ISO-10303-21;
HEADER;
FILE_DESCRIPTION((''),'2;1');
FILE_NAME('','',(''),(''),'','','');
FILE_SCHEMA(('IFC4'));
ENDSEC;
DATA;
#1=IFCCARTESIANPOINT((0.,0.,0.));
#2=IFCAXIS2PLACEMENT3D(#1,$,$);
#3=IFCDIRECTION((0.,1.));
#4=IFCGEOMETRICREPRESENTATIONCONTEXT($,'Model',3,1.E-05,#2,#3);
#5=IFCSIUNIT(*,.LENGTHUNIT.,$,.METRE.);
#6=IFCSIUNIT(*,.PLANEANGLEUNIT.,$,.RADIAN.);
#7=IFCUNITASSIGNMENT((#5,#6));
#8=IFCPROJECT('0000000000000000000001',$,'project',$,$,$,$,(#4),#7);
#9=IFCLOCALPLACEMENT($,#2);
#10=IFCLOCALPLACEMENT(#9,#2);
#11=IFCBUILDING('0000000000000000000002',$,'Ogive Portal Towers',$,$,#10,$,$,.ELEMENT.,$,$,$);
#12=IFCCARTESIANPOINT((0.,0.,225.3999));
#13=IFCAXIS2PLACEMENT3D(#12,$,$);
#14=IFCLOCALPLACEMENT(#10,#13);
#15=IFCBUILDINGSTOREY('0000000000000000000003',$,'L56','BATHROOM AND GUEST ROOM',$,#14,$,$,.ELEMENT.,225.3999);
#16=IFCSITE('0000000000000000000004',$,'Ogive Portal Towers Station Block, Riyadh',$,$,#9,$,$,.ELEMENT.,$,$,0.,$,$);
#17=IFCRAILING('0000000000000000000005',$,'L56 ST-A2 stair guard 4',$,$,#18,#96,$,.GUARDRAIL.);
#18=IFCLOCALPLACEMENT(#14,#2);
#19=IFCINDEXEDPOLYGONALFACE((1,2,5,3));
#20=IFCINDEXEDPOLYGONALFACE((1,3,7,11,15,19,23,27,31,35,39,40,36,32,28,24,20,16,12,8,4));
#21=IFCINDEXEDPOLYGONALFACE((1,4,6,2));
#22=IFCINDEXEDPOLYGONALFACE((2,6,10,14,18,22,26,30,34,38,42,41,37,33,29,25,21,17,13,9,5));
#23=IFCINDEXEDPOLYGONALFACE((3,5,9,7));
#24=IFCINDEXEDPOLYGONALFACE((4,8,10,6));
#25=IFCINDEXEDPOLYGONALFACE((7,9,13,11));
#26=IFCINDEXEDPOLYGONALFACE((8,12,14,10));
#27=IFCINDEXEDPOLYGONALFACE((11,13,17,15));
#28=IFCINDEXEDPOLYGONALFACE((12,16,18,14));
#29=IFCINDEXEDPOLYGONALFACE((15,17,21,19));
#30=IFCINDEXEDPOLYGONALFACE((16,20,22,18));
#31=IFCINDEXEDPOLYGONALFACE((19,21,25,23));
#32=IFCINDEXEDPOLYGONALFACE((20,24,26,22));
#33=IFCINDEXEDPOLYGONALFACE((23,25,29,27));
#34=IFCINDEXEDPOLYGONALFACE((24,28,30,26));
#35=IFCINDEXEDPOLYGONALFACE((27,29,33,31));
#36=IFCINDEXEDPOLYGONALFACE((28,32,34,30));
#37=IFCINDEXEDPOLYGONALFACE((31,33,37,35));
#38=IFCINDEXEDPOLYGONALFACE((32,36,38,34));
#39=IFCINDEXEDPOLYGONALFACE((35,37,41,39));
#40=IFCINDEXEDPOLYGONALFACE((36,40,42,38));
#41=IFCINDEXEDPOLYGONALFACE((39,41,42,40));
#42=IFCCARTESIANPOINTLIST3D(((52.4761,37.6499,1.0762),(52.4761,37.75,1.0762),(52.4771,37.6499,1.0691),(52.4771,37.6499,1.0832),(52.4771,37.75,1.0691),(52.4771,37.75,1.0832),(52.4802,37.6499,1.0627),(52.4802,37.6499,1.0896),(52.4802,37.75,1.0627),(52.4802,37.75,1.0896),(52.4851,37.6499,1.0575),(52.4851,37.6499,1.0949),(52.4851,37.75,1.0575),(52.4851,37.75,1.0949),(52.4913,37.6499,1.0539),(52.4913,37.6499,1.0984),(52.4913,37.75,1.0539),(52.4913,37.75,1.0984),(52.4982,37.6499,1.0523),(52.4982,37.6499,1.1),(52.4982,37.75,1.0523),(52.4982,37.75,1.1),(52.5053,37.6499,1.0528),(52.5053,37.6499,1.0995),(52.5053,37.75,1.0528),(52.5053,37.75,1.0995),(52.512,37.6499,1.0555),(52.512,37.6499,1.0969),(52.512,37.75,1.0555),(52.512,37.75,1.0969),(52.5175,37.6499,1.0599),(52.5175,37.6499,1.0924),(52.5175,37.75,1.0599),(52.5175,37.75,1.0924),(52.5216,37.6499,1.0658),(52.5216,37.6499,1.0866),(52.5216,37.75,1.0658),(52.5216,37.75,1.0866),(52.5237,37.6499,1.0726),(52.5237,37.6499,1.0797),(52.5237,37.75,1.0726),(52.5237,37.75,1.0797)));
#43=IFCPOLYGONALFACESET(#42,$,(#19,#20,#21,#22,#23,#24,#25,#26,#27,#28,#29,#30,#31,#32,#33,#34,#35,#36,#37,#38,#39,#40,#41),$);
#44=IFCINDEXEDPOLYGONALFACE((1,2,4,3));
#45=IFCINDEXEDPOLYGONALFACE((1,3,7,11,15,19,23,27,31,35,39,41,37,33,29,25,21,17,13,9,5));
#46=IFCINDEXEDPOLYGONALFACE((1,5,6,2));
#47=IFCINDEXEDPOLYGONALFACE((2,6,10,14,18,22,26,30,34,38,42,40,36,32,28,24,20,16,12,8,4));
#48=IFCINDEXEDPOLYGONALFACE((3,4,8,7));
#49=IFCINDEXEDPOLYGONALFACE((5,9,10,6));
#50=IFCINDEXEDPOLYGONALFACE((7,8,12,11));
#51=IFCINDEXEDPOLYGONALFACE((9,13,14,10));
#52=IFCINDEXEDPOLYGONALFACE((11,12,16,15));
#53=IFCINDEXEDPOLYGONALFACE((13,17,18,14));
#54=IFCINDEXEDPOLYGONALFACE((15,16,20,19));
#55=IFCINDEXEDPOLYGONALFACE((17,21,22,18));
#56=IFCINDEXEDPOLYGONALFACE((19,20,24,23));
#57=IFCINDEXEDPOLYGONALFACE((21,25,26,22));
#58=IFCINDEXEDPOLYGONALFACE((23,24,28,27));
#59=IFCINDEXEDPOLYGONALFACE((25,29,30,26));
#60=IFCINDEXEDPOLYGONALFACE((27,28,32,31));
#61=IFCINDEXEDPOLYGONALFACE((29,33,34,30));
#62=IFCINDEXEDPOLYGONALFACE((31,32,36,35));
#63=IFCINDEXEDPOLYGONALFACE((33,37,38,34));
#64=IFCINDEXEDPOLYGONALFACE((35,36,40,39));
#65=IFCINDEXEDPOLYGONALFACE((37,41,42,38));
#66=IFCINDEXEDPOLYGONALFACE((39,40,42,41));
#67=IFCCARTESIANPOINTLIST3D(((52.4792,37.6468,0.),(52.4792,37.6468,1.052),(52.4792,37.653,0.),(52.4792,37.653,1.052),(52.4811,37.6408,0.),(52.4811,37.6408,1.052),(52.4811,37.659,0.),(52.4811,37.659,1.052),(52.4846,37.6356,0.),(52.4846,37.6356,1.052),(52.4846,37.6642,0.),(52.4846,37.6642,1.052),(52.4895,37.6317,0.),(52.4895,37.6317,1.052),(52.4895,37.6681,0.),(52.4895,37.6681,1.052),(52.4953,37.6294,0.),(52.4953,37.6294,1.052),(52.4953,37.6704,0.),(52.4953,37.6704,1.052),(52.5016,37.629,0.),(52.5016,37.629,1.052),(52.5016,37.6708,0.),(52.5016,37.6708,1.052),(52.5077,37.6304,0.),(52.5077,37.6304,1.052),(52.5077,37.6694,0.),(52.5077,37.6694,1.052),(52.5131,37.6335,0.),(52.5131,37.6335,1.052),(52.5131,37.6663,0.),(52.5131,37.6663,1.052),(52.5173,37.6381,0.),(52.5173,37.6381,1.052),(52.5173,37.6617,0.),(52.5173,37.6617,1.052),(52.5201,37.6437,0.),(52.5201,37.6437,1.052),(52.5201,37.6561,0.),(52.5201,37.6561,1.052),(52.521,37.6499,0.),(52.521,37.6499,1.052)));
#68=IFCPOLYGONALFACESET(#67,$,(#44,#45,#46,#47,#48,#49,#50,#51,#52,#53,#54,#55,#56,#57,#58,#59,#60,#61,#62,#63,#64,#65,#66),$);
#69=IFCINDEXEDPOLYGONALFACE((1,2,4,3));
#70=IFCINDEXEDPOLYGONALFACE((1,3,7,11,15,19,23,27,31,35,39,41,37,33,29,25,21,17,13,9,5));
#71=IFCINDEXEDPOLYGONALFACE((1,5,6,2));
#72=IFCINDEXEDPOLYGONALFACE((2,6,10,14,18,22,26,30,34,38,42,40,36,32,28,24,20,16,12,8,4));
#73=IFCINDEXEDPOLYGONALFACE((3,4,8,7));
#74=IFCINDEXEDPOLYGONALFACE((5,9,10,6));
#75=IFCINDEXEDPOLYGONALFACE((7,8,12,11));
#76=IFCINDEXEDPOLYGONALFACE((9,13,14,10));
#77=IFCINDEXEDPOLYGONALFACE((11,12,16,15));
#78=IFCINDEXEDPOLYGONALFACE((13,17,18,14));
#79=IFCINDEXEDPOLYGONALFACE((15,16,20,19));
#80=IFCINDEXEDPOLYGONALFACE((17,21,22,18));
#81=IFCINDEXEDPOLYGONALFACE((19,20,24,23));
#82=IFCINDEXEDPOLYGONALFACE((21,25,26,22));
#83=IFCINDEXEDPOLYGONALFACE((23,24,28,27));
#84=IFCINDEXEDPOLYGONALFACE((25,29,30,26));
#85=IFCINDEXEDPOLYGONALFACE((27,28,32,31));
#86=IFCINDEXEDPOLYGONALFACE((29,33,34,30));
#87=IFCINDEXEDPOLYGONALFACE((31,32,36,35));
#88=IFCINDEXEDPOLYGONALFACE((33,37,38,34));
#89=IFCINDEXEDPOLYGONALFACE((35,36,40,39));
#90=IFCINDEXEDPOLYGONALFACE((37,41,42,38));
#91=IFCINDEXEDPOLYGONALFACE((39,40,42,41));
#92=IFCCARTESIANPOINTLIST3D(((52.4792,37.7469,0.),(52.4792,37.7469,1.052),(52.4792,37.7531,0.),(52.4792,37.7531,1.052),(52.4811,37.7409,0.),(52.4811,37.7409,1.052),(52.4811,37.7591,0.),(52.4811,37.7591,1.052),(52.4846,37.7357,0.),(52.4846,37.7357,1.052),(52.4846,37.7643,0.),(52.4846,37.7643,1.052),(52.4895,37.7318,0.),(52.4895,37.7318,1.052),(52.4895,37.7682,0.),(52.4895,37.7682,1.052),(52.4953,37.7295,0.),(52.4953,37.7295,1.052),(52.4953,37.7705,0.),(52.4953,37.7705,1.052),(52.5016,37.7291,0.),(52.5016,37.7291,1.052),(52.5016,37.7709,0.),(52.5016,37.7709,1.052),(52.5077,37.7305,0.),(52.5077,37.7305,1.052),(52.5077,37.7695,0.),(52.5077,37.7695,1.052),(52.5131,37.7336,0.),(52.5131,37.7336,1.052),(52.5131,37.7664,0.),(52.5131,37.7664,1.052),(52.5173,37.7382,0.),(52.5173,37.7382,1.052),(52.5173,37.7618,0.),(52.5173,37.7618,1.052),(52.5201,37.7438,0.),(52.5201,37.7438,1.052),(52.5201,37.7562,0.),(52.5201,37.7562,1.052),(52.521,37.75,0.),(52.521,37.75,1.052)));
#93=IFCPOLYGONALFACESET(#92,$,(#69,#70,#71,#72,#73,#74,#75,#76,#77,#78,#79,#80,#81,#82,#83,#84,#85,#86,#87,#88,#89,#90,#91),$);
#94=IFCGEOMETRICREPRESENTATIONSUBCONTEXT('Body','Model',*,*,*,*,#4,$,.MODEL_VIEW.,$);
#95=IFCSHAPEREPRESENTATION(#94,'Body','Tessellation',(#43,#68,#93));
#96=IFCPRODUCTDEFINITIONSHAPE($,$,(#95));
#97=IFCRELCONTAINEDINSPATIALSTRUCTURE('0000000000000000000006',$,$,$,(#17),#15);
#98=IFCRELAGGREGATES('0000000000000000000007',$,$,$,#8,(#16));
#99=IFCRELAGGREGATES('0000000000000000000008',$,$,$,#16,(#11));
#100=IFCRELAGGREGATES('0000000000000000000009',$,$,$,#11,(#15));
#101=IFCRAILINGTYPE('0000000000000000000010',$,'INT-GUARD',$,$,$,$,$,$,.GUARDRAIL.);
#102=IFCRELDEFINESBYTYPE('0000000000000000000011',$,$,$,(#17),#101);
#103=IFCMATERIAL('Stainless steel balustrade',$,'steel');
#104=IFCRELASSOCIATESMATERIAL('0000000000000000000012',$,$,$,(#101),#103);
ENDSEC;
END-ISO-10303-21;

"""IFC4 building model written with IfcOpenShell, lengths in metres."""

from ifc_helpers import new_model, si_unit, direction, frame, origin, origin_2d, place, context, subcontext, project, spatial, circle, extrude, material, type_object, element, save


model = new_model("IFC4")

# Units and contexts
model_context = context("Model", 3, precision=1e-05, world=origin(), true_north=direction((0.0, 1.0)))
body_context = subcontext(model_context, "Body", "Model", "MODEL_VIEW")
ifc_project = project(units=[si_unit("LENGTHUNIT", "METRE"), si_unit("PLANEANGLEUNIT", "RADIAN")], contexts=[model_context])

# Site, building, storey
site_placement = place(None, origin())
site = spatial("IfcSite", under=ifc_project, at=site_placement, Name="Ogive Portal Towers Station Block, Riyadh", CompositionType="ELEMENT", RefElevation=0.0)
building_placement = place(site_placement, origin())
building = spatial("IfcBuilding", under=site, at=building_placement, Name="Ogive Portal Towers", CompositionType="ELEMENT")
storey_placement = place(building_placement, frame((0.0, 0.0, 225.3999)))
storey = spatial("IfcBuildingStorey", under=building, at=storey_placement, Name="L56", Description="BATHROOM AND GUEST ROOM", CompositionType="ELEMENT", Elevation=225.3999)

# Railing
ifc_material_1 = material(Name="Stainless steel balustrade", Category="steel")
railing_type_1 = type_object("IfcRailingType", Name="INT-GUARD", PredefinedType="GUARDRAIL", material=ifc_material_1)
railing_1_placement = place(storey_placement, frame((52.5, 37.6499, 0.0)))
element("IfcRailing", 1, at=railing_1_placement, inside=storey, type_object=railing_type_1, Name="L56 ST-A2 stair guard 4", PredefinedType="GUARDRAIL", context=body_context, shape_type="SweptSolid", body=[
    extrude(circle(Radius=0.0239, at=origin_2d()), frame((0.0, 0.0, 1.0762), z_axis=(0.0, 1.0, 0.0), x_axis=(-1.0, 0.0, 0.0)), (0.0, 0.0, 1.0), 0.1001),
    extrude(circle(Radius=0.021, at=origin_2d()), origin(), (0.0, 0.0, 1.0), 1.052),
    extrude(circle(Radius=0.021, at=origin_2d()), frame((0.0, 0.1001, 0.0)), (0.0, 0.0, 1.0), 1.052),
])

save(model, "model.ifc")
